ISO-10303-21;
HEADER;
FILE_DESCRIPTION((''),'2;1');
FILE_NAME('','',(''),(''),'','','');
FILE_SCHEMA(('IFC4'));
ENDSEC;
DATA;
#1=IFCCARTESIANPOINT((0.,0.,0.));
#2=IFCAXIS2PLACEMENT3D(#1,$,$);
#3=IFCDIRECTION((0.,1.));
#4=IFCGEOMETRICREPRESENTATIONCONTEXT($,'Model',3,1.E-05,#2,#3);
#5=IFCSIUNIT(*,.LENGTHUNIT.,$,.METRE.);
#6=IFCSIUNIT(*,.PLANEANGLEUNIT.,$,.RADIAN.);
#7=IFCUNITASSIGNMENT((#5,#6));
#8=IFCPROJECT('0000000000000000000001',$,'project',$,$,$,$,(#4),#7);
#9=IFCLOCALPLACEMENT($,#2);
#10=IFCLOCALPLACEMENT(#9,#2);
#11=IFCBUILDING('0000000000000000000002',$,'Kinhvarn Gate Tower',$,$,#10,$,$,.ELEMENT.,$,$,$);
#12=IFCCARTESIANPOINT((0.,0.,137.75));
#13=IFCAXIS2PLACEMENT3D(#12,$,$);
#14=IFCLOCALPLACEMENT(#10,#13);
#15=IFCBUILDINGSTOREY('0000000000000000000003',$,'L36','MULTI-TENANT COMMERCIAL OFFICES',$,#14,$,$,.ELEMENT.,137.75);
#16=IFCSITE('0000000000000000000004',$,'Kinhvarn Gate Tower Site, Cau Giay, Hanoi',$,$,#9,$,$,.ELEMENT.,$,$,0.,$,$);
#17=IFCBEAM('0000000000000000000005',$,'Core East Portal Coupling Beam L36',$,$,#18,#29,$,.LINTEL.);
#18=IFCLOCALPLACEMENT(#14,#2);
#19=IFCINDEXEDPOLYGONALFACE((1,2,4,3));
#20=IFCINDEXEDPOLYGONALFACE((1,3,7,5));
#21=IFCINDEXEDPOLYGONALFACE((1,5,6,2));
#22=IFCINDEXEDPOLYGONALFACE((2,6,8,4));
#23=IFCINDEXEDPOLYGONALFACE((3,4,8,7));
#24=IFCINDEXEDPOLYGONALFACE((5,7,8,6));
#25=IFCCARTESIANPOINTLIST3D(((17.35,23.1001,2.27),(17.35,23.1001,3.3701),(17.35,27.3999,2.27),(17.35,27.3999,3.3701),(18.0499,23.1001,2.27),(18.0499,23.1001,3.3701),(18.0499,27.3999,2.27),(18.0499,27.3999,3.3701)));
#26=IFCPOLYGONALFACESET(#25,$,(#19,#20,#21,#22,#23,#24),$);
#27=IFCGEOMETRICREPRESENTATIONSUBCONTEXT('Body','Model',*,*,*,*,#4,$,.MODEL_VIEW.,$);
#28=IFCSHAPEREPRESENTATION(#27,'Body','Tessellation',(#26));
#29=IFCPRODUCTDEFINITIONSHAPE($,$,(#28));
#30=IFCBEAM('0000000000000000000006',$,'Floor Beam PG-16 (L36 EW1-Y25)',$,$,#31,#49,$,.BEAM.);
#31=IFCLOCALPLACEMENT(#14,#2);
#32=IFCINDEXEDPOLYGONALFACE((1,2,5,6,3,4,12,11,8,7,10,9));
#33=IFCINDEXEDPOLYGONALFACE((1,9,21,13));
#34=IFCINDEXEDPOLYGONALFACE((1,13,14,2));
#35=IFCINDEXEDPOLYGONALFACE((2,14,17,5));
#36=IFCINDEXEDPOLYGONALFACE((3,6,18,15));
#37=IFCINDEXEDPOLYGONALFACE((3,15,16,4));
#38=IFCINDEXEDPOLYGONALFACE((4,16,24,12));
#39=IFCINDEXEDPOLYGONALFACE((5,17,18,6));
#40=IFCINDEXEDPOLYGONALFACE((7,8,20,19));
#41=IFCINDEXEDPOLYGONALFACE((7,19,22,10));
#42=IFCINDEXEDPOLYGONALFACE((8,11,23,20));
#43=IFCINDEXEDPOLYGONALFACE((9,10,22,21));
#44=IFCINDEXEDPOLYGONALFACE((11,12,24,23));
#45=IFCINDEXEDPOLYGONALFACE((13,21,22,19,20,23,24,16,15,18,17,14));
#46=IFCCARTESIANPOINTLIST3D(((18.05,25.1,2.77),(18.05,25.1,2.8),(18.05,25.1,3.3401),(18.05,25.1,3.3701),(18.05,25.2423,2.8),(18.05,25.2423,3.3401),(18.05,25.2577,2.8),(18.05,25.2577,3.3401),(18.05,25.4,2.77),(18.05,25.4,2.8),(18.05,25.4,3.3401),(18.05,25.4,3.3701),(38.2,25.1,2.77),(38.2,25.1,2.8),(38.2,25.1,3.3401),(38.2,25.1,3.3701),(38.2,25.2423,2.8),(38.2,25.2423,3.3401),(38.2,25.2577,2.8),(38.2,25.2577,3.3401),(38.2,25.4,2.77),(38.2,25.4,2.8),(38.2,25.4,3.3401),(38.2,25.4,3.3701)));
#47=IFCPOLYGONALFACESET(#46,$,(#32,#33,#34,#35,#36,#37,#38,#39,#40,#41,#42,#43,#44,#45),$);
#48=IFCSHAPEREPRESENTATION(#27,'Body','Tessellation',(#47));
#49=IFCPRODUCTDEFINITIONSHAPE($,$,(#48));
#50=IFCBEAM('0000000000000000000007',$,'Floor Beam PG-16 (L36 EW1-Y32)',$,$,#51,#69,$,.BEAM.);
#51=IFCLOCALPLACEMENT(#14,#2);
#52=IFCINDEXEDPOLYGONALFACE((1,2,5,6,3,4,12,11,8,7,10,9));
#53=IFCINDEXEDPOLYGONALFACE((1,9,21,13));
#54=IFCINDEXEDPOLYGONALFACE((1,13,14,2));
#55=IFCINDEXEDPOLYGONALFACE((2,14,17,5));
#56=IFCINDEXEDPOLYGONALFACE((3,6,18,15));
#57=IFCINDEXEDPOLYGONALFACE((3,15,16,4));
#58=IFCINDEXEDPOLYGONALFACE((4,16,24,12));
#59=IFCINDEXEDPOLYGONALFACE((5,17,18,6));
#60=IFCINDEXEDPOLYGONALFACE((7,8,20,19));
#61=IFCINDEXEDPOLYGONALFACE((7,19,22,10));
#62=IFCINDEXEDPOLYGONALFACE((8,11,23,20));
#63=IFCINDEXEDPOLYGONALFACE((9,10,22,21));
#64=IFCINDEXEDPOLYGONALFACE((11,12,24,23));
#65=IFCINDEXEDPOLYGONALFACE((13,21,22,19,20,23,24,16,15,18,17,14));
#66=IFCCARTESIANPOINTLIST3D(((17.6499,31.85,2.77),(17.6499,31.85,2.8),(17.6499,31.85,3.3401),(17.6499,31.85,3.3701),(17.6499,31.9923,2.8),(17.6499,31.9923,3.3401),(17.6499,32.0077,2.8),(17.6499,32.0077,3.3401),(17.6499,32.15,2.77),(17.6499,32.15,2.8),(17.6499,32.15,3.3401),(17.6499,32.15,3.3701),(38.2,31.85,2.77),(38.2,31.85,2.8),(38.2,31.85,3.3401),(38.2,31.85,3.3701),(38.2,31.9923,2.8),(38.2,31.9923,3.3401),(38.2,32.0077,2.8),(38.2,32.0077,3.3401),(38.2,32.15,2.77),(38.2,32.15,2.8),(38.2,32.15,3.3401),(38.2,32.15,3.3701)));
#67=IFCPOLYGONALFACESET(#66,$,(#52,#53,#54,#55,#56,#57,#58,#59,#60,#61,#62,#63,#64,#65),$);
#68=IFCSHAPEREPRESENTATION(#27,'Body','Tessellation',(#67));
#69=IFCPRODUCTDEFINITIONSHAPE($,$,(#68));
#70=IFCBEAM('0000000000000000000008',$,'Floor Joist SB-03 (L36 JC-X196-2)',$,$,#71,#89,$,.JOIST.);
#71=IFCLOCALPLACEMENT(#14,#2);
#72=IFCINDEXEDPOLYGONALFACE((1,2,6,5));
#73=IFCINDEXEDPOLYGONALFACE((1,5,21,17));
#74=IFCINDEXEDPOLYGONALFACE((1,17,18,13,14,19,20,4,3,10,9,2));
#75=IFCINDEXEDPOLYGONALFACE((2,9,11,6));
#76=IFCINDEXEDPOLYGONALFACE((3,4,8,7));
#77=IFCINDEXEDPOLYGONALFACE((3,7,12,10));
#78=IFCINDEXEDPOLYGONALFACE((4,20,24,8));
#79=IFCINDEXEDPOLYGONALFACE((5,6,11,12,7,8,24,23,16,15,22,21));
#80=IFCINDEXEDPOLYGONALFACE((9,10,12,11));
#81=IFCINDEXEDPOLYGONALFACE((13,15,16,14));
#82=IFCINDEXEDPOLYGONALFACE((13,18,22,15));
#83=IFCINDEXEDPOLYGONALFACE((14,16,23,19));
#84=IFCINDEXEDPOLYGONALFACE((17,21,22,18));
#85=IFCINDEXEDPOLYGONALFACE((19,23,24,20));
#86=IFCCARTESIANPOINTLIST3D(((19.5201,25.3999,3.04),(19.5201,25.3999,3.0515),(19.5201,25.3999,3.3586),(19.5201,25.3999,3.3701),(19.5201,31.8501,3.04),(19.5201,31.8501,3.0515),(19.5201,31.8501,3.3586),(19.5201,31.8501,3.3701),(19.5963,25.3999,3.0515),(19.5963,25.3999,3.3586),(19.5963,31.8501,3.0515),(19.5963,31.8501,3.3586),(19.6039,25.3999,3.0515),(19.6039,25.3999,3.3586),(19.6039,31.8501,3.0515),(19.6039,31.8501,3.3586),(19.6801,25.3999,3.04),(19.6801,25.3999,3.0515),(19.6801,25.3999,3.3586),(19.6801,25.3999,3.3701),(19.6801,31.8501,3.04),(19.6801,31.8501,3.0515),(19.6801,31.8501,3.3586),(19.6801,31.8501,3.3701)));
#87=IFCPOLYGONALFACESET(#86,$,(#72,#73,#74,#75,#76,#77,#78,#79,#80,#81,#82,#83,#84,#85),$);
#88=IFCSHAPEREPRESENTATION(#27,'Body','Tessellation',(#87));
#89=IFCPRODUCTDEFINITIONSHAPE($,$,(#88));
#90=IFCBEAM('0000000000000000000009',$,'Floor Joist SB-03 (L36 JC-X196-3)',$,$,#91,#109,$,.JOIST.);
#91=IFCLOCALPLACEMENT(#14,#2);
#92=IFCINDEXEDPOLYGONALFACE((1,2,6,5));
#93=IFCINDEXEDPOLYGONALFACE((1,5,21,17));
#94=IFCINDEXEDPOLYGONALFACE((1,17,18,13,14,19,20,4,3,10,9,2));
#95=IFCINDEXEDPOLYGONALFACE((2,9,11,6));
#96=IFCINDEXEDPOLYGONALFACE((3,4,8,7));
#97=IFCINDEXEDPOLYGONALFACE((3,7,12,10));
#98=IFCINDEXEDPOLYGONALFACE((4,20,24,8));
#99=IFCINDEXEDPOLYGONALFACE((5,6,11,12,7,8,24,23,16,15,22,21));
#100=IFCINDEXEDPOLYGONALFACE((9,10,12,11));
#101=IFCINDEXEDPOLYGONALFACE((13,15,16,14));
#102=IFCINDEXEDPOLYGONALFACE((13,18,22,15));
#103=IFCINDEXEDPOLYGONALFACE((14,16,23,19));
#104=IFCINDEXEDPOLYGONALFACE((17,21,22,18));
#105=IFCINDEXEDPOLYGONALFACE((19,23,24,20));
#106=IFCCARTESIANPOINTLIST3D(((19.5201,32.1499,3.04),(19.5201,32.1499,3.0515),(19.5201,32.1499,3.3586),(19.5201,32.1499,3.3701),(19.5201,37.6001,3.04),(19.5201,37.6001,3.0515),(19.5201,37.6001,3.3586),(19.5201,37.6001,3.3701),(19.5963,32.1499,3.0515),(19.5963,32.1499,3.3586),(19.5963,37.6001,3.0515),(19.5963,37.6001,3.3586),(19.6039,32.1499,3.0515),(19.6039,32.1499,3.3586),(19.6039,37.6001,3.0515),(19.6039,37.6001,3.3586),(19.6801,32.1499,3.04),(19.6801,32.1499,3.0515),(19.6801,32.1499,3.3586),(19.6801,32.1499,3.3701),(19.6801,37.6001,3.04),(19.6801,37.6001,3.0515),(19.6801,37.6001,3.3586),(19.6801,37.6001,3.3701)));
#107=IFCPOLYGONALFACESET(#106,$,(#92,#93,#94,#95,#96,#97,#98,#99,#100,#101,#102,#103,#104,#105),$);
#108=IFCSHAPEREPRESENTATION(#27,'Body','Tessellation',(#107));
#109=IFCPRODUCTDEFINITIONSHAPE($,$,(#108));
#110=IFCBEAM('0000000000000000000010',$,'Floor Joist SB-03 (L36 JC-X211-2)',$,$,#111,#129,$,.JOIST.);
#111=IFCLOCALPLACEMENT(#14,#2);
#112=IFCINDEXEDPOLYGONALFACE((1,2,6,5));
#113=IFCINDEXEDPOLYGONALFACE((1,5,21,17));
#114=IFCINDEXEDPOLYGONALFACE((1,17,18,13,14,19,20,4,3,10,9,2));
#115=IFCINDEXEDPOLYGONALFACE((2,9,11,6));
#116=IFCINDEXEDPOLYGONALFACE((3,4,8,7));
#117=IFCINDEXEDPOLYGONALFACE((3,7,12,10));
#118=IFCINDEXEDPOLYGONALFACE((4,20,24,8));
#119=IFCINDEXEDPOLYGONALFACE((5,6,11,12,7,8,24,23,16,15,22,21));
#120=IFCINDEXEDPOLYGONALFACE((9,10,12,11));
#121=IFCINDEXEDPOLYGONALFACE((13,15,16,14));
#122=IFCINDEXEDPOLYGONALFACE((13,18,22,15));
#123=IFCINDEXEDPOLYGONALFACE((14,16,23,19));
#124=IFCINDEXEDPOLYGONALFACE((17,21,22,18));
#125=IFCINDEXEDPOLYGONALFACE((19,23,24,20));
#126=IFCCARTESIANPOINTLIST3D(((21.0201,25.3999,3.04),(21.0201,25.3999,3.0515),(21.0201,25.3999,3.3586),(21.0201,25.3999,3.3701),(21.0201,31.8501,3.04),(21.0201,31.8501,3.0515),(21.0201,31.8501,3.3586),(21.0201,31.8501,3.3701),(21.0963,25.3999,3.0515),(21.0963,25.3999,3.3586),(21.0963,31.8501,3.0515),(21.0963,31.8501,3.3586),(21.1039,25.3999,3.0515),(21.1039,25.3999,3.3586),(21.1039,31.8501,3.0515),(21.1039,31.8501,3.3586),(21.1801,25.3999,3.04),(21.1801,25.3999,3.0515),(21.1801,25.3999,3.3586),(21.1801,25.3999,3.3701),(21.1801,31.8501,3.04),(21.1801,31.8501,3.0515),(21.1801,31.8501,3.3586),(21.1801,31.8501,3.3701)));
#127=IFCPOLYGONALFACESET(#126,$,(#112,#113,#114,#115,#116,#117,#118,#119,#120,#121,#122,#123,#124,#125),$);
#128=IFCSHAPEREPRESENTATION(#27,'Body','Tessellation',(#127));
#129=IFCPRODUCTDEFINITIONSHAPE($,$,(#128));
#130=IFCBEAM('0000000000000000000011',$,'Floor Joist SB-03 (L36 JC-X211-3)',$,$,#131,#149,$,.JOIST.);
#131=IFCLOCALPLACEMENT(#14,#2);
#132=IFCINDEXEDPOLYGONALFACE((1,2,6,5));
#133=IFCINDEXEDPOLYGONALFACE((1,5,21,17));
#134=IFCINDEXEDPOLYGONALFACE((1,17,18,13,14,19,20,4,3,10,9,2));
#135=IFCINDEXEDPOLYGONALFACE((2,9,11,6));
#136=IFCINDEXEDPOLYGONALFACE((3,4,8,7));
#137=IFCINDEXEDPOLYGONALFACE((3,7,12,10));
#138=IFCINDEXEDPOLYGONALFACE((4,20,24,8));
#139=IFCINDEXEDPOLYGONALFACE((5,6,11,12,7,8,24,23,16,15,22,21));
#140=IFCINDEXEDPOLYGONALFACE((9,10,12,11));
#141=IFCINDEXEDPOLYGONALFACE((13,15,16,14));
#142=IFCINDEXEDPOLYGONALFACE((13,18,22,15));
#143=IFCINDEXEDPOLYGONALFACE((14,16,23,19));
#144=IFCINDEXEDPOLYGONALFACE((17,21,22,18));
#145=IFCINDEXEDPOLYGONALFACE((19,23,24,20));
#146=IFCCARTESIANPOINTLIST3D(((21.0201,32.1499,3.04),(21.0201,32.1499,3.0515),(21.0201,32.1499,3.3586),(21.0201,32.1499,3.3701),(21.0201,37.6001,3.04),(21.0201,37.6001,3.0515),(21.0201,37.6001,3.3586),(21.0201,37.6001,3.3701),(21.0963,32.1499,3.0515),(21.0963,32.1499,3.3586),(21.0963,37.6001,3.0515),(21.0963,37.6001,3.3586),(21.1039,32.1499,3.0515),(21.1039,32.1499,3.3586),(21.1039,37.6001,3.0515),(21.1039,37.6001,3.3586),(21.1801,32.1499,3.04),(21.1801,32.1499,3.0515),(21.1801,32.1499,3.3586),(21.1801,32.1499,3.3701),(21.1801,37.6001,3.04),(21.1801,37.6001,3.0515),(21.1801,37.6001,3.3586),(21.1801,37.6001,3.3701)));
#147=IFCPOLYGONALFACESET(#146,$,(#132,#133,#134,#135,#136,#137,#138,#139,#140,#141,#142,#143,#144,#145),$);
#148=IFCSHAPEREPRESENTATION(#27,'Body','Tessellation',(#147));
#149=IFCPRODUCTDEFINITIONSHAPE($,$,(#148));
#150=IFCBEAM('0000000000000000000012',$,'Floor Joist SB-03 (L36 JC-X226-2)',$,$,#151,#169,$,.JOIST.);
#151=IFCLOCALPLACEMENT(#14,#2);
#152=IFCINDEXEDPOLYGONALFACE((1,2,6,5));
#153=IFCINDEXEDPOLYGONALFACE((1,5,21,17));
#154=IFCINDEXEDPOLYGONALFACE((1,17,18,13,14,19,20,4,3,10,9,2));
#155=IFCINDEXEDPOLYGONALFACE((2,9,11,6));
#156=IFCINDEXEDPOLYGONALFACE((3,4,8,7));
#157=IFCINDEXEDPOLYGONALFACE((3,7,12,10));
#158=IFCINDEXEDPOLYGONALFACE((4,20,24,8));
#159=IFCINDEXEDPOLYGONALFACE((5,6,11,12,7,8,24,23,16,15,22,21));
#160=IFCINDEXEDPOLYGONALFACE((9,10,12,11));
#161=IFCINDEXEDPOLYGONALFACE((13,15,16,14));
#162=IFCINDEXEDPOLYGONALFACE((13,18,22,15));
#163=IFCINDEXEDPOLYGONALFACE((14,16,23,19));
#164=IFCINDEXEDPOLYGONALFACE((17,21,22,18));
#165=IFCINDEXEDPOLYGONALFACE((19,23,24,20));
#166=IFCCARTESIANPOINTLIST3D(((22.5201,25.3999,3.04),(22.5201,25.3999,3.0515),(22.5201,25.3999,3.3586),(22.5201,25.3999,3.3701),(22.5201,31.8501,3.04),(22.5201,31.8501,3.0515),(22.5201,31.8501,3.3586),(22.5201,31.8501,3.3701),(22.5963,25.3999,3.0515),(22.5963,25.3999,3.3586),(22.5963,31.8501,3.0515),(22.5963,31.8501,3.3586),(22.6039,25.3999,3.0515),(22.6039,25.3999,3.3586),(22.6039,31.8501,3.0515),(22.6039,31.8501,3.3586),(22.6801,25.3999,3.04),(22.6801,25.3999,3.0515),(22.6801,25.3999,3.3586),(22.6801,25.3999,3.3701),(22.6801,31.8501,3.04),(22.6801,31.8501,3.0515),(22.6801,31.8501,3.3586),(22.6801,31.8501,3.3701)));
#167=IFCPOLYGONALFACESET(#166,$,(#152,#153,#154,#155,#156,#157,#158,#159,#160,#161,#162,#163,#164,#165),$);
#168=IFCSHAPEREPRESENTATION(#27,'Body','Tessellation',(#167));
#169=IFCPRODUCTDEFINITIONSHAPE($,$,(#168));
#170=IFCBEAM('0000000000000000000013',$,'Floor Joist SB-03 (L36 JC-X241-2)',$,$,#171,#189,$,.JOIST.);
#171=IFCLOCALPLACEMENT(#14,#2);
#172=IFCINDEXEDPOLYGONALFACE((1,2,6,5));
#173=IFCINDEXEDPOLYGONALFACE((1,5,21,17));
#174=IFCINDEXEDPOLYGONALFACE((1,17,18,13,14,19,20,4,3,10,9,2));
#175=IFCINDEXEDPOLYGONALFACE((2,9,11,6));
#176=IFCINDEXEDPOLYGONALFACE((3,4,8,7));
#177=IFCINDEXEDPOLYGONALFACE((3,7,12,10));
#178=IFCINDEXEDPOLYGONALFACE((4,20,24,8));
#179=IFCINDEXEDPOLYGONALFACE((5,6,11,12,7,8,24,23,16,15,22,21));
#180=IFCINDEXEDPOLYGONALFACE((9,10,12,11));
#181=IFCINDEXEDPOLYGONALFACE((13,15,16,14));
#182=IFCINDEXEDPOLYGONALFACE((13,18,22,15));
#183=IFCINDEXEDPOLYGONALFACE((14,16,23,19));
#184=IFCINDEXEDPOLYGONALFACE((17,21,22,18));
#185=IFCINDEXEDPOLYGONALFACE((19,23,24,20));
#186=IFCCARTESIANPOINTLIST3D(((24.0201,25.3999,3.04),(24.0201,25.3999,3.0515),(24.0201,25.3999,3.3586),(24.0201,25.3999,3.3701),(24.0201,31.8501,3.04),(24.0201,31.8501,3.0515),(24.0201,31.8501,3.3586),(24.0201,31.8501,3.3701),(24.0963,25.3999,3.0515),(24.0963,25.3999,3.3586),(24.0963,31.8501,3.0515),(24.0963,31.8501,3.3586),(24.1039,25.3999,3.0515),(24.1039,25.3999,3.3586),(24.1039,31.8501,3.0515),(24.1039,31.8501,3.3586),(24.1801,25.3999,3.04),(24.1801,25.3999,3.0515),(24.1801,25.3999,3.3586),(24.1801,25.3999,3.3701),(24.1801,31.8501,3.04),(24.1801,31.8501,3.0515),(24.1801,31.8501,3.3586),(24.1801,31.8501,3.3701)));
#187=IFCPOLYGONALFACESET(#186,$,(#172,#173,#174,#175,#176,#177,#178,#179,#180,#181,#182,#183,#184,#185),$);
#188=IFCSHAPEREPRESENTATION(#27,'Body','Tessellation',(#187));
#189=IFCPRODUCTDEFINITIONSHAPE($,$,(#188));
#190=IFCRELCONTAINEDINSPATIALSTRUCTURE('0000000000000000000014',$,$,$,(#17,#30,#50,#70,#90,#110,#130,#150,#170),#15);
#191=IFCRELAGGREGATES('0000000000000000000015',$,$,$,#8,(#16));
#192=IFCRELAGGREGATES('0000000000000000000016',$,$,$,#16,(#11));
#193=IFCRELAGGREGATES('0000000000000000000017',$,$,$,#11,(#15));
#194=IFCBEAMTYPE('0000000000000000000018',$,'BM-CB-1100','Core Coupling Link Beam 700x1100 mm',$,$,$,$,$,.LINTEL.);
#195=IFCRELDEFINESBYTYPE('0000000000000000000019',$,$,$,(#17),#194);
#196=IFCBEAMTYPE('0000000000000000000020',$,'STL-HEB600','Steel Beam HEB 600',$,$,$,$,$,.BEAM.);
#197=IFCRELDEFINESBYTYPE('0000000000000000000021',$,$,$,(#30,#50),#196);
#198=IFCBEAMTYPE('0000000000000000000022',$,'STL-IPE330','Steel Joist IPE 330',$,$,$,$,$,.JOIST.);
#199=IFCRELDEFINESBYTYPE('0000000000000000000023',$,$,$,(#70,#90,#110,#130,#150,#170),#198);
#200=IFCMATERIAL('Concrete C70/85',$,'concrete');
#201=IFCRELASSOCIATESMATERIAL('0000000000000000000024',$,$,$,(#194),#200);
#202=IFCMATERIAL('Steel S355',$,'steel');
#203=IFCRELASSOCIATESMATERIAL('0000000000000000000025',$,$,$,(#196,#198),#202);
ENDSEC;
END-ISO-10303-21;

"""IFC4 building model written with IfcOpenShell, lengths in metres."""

from ifc_helpers import new_model, si_unit, direction, frame, origin, origin_2d, place, context, subcontext, project, spatial, rectangle, i_section, extrude, material, material_profile, profile_set, type_object, element, save


model = new_model("IFC4")

# Units and contexts
model_context = context("Model", 3, precision=1e-05, world=origin(), true_north=direction((0.0, 1.0)))
body_context = subcontext(model_context, "Body", "Model", "MODEL_VIEW")
ifc_project = project(units=[si_unit("LENGTHUNIT", "METRE"), si_unit("PLANEANGLEUNIT", "RADIAN")], contexts=[model_context])

# Site, building, storey
site_placement = place(None, origin())
site = spatial("IfcSite", under=ifc_project, at=site_placement, Name="Kinhvarn Gate Tower Site, Cau Giay, Hanoi", CompositionType="ELEMENT", RefElevation=0.0)
building_placement = place(site_placement, origin())
building = spatial("IfcBuilding", under=site, at=building_placement, Name="Kinhvarn Gate Tower", CompositionType="ELEMENT")
storey_placement = place(building_placement, frame((0.0, 0.0, 137.75)))
storey = spatial("IfcBuildingStorey", under=building, at=storey_placement, Name="L36", Description="MULTI-TENANT COMMERCIAL OFFICES", CompositionType="ELEMENT", Elevation=137.75)

# Beams
ifc_material_1 = material(Name="Concrete C70/85", Category="concrete")
ifc_material_profile_1 = material_profile(ifc_material_1, rectangle(XDim=0.7, YDim=1.1001, at=origin_2d()), Name="RC 700x1100")
ifc_profile_set_1 = profile_set([ifc_material_profile_1], Name="Concrete C70/85")
beam_type_1 = type_object("IfcBeamType", Name="BM-CB-1100", Description="Core Coupling Link Beam 700x1100 mm", PredefinedType="LINTEL", material=ifc_profile_set_1)
beam_1_placement = place(storey_placement, frame((17.7, 23.1001, 2.8201), z_axis=(0.0, 1.0, 0.0), x_axis=(-1.0, 0.0, 0.0)))
element("IfcBeam", 1, at=beam_1_placement, inside=storey, type_object=beam_type_1, Name="Core East Portal Coupling Beam L36", PredefinedType="LINTEL", context=body_context, shape_type="SweptSolid", body=[
    extrude(rectangle(XDim=0.7, YDim=1.1001, at=origin_2d()), origin(), (0.0, 0.0, 1.0), 4.2998),
])
ifc_material_2 = material(Name="Steel S355", Category="steel")
ifc_material_profile_2 = material_profile(ifc_material_2, i_section(OverallWidth=0.3, OverallDepth=0.6001, WebThickness=0.0154, FlangeThickness=0.03, at=origin_2d()), Name="HEB 600")
ifc_profile_set_2 = profile_set([ifc_material_profile_2], Name="Steel S355")
beam_type_2 = type_object("IfcBeamType", Name="STL-HEB600", Description="Steel Beam HEB 600", PredefinedType="BEAM", material=ifc_profile_set_2)
beam_2_placement = place(storey_placement, frame((18.05, 25.25, 3.0701), z_axis=(1.0, 0.0, 0.0), x_axis=(0.0, 1.0, 0.0)))
element("IfcBeam", 2, at=beam_2_placement, inside=storey, type_object=beam_type_2, Name="Floor Beam PG-16 (L36 EW1-Y25)", PredefinedType="BEAM", context=body_context, shape_type="SweptSolid", body=[
    extrude(i_section(OverallWidth=0.3, OverallDepth=0.6001, WebThickness=0.0154, FlangeThickness=0.03, at=origin_2d()), origin(), (0.0, 0.0, 1.0), 20.1499),
])
beam_3_placement = place(storey_placement, frame((17.6499, 32.0, 3.0701), z_axis=(1.0, 0.0, 0.0), x_axis=(0.0, 1.0, 0.0)))
element("IfcBeam", 3, at=beam_3_placement, inside=storey, type_object=beam_type_2, Name="Floor Beam PG-16 (L36 EW1-Y32)", PredefinedType="BEAM", context=body_context, shape_type="SweptSolid", body=[
    extrude(i_section(OverallWidth=0.3, OverallDepth=0.6001, WebThickness=0.0154, FlangeThickness=0.03, at=origin_2d()), origin(), (0.0, 0.0, 1.0), 20.55),
])
ifc_material_profile_3 = material_profile(ifc_material_2, i_section(OverallWidth=0.1599, OverallDepth=0.3301, WebThickness=0.0076, FlangeThickness=0.0115, at=origin_2d()), Name="IPE 330")
ifc_profile_set_3 = profile_set([ifc_material_profile_3], Name="Steel S355")
beam_type_3 = type_object("IfcBeamType", Name="STL-IPE330", Description="Steel Joist IPE 330", PredefinedType="JOIST", material=ifc_profile_set_3)
beam_4_placement = place(storey_placement, frame((19.6001, 25.3999, 3.2051), z_axis=(0.0, 1.0, 0.0), x_axis=(-1.0, 0.0, 0.0)))
element("IfcBeam", 4, at=beam_4_placement, inside=storey, type_object=beam_type_3, Name="Floor Joist SB-03 (L36 JC-X196-2)", PredefinedType="JOIST", context=body_context, shape_type="SweptSolid", body=[
    extrude(i_section(OverallWidth=0.1599, OverallDepth=0.3301, WebThickness=0.0076, FlangeThickness=0.0115, at=origin_2d()), origin(), (0.0, 0.0, 1.0), 6.4502),
])
beam_5_placement = place(storey_placement, frame((19.6001, 32.1499, 3.2051), z_axis=(0.0, 1.0, 0.0), x_axis=(-1.0, 0.0, 0.0)))
element("IfcBeam", 5, at=beam_5_placement, inside=storey, type_object=beam_type_3, Name="Floor Joist SB-03 (L36 JC-X196-3)", PredefinedType="JOIST", context=body_context, shape_type="SweptSolid", body=[
    extrude(i_section(OverallWidth=0.1599, OverallDepth=0.3301, WebThickness=0.0076, FlangeThickness=0.0115, at=origin_2d()), origin(), (0.0, 0.0, 1.0), 5.4502),
])
beam_6_placement = place(storey_placement, frame((21.1001, 25.3999, 3.2051), z_axis=(0.0, 1.0, 0.0), x_axis=(-1.0, 0.0, 0.0)))
element("IfcBeam", 6, at=beam_6_placement, inside=storey, type_object=beam_type_3, Name="Floor Joist SB-03 (L36 JC-X211-2)", PredefinedType="JOIST", context=body_context, shape_type="SweptSolid", body=[
    extrude(i_section(OverallWidth=0.1599, OverallDepth=0.3301, WebThickness=0.0076, FlangeThickness=0.0115, at=origin_2d()), origin(), (0.0, 0.0, 1.0), 6.4502),
])
beam_7_placement = place(storey_placement, frame((21.1001, 32.1499, 3.2051), z_axis=(0.0, 1.0, 0.0), x_axis=(-1.0, 0.0, 0.0)))
element("IfcBeam", 7, at=beam_7_placement, inside=storey, type_object=beam_type_3, Name="Floor Joist SB-03 (L36 JC-X211-3)", PredefinedType="JOIST", context=body_context, shape_type="SweptSolid", body=[
    extrude(i_section(OverallWidth=0.1599, OverallDepth=0.3301, WebThickness=0.0076, FlangeThickness=0.0115, at=origin_2d()), origin(), (0.0, 0.0, 1.0), 5.4502),
])
for number, where, z_axis, x_axis, name in (
    (8, (22.6001, 25.3999, 3.2051), (0.0, 1.0, 0.0), (-1.0, 0.0, 0.0), "Floor Joist SB-03 (L36 JC-X226-2)"),
    (9, (24.1001, 25.3999, 3.2051), (0.0, 1.0, 0.0), (-1.0, 0.0, 0.0), "Floor Joist SB-03 (L36 JC-X241-2)"),
):
    element("IfcBeam", number, at=place(storey_placement, frame(where, z_axis=z_axis, x_axis=x_axis)), inside=storey, type_object=beam_type_3, Name=name, PredefinedType="JOIST", context=body_context, shape_type="SweptSolid", body=[
        extrude(i_section(OverallWidth=0.1599, OverallDepth=0.3301, WebThickness=0.0076, FlangeThickness=0.0115, at=origin_2d()), origin(), (0.0, 0.0, 1.0), 6.4502),
    ])

save(model, "model.ifc")
